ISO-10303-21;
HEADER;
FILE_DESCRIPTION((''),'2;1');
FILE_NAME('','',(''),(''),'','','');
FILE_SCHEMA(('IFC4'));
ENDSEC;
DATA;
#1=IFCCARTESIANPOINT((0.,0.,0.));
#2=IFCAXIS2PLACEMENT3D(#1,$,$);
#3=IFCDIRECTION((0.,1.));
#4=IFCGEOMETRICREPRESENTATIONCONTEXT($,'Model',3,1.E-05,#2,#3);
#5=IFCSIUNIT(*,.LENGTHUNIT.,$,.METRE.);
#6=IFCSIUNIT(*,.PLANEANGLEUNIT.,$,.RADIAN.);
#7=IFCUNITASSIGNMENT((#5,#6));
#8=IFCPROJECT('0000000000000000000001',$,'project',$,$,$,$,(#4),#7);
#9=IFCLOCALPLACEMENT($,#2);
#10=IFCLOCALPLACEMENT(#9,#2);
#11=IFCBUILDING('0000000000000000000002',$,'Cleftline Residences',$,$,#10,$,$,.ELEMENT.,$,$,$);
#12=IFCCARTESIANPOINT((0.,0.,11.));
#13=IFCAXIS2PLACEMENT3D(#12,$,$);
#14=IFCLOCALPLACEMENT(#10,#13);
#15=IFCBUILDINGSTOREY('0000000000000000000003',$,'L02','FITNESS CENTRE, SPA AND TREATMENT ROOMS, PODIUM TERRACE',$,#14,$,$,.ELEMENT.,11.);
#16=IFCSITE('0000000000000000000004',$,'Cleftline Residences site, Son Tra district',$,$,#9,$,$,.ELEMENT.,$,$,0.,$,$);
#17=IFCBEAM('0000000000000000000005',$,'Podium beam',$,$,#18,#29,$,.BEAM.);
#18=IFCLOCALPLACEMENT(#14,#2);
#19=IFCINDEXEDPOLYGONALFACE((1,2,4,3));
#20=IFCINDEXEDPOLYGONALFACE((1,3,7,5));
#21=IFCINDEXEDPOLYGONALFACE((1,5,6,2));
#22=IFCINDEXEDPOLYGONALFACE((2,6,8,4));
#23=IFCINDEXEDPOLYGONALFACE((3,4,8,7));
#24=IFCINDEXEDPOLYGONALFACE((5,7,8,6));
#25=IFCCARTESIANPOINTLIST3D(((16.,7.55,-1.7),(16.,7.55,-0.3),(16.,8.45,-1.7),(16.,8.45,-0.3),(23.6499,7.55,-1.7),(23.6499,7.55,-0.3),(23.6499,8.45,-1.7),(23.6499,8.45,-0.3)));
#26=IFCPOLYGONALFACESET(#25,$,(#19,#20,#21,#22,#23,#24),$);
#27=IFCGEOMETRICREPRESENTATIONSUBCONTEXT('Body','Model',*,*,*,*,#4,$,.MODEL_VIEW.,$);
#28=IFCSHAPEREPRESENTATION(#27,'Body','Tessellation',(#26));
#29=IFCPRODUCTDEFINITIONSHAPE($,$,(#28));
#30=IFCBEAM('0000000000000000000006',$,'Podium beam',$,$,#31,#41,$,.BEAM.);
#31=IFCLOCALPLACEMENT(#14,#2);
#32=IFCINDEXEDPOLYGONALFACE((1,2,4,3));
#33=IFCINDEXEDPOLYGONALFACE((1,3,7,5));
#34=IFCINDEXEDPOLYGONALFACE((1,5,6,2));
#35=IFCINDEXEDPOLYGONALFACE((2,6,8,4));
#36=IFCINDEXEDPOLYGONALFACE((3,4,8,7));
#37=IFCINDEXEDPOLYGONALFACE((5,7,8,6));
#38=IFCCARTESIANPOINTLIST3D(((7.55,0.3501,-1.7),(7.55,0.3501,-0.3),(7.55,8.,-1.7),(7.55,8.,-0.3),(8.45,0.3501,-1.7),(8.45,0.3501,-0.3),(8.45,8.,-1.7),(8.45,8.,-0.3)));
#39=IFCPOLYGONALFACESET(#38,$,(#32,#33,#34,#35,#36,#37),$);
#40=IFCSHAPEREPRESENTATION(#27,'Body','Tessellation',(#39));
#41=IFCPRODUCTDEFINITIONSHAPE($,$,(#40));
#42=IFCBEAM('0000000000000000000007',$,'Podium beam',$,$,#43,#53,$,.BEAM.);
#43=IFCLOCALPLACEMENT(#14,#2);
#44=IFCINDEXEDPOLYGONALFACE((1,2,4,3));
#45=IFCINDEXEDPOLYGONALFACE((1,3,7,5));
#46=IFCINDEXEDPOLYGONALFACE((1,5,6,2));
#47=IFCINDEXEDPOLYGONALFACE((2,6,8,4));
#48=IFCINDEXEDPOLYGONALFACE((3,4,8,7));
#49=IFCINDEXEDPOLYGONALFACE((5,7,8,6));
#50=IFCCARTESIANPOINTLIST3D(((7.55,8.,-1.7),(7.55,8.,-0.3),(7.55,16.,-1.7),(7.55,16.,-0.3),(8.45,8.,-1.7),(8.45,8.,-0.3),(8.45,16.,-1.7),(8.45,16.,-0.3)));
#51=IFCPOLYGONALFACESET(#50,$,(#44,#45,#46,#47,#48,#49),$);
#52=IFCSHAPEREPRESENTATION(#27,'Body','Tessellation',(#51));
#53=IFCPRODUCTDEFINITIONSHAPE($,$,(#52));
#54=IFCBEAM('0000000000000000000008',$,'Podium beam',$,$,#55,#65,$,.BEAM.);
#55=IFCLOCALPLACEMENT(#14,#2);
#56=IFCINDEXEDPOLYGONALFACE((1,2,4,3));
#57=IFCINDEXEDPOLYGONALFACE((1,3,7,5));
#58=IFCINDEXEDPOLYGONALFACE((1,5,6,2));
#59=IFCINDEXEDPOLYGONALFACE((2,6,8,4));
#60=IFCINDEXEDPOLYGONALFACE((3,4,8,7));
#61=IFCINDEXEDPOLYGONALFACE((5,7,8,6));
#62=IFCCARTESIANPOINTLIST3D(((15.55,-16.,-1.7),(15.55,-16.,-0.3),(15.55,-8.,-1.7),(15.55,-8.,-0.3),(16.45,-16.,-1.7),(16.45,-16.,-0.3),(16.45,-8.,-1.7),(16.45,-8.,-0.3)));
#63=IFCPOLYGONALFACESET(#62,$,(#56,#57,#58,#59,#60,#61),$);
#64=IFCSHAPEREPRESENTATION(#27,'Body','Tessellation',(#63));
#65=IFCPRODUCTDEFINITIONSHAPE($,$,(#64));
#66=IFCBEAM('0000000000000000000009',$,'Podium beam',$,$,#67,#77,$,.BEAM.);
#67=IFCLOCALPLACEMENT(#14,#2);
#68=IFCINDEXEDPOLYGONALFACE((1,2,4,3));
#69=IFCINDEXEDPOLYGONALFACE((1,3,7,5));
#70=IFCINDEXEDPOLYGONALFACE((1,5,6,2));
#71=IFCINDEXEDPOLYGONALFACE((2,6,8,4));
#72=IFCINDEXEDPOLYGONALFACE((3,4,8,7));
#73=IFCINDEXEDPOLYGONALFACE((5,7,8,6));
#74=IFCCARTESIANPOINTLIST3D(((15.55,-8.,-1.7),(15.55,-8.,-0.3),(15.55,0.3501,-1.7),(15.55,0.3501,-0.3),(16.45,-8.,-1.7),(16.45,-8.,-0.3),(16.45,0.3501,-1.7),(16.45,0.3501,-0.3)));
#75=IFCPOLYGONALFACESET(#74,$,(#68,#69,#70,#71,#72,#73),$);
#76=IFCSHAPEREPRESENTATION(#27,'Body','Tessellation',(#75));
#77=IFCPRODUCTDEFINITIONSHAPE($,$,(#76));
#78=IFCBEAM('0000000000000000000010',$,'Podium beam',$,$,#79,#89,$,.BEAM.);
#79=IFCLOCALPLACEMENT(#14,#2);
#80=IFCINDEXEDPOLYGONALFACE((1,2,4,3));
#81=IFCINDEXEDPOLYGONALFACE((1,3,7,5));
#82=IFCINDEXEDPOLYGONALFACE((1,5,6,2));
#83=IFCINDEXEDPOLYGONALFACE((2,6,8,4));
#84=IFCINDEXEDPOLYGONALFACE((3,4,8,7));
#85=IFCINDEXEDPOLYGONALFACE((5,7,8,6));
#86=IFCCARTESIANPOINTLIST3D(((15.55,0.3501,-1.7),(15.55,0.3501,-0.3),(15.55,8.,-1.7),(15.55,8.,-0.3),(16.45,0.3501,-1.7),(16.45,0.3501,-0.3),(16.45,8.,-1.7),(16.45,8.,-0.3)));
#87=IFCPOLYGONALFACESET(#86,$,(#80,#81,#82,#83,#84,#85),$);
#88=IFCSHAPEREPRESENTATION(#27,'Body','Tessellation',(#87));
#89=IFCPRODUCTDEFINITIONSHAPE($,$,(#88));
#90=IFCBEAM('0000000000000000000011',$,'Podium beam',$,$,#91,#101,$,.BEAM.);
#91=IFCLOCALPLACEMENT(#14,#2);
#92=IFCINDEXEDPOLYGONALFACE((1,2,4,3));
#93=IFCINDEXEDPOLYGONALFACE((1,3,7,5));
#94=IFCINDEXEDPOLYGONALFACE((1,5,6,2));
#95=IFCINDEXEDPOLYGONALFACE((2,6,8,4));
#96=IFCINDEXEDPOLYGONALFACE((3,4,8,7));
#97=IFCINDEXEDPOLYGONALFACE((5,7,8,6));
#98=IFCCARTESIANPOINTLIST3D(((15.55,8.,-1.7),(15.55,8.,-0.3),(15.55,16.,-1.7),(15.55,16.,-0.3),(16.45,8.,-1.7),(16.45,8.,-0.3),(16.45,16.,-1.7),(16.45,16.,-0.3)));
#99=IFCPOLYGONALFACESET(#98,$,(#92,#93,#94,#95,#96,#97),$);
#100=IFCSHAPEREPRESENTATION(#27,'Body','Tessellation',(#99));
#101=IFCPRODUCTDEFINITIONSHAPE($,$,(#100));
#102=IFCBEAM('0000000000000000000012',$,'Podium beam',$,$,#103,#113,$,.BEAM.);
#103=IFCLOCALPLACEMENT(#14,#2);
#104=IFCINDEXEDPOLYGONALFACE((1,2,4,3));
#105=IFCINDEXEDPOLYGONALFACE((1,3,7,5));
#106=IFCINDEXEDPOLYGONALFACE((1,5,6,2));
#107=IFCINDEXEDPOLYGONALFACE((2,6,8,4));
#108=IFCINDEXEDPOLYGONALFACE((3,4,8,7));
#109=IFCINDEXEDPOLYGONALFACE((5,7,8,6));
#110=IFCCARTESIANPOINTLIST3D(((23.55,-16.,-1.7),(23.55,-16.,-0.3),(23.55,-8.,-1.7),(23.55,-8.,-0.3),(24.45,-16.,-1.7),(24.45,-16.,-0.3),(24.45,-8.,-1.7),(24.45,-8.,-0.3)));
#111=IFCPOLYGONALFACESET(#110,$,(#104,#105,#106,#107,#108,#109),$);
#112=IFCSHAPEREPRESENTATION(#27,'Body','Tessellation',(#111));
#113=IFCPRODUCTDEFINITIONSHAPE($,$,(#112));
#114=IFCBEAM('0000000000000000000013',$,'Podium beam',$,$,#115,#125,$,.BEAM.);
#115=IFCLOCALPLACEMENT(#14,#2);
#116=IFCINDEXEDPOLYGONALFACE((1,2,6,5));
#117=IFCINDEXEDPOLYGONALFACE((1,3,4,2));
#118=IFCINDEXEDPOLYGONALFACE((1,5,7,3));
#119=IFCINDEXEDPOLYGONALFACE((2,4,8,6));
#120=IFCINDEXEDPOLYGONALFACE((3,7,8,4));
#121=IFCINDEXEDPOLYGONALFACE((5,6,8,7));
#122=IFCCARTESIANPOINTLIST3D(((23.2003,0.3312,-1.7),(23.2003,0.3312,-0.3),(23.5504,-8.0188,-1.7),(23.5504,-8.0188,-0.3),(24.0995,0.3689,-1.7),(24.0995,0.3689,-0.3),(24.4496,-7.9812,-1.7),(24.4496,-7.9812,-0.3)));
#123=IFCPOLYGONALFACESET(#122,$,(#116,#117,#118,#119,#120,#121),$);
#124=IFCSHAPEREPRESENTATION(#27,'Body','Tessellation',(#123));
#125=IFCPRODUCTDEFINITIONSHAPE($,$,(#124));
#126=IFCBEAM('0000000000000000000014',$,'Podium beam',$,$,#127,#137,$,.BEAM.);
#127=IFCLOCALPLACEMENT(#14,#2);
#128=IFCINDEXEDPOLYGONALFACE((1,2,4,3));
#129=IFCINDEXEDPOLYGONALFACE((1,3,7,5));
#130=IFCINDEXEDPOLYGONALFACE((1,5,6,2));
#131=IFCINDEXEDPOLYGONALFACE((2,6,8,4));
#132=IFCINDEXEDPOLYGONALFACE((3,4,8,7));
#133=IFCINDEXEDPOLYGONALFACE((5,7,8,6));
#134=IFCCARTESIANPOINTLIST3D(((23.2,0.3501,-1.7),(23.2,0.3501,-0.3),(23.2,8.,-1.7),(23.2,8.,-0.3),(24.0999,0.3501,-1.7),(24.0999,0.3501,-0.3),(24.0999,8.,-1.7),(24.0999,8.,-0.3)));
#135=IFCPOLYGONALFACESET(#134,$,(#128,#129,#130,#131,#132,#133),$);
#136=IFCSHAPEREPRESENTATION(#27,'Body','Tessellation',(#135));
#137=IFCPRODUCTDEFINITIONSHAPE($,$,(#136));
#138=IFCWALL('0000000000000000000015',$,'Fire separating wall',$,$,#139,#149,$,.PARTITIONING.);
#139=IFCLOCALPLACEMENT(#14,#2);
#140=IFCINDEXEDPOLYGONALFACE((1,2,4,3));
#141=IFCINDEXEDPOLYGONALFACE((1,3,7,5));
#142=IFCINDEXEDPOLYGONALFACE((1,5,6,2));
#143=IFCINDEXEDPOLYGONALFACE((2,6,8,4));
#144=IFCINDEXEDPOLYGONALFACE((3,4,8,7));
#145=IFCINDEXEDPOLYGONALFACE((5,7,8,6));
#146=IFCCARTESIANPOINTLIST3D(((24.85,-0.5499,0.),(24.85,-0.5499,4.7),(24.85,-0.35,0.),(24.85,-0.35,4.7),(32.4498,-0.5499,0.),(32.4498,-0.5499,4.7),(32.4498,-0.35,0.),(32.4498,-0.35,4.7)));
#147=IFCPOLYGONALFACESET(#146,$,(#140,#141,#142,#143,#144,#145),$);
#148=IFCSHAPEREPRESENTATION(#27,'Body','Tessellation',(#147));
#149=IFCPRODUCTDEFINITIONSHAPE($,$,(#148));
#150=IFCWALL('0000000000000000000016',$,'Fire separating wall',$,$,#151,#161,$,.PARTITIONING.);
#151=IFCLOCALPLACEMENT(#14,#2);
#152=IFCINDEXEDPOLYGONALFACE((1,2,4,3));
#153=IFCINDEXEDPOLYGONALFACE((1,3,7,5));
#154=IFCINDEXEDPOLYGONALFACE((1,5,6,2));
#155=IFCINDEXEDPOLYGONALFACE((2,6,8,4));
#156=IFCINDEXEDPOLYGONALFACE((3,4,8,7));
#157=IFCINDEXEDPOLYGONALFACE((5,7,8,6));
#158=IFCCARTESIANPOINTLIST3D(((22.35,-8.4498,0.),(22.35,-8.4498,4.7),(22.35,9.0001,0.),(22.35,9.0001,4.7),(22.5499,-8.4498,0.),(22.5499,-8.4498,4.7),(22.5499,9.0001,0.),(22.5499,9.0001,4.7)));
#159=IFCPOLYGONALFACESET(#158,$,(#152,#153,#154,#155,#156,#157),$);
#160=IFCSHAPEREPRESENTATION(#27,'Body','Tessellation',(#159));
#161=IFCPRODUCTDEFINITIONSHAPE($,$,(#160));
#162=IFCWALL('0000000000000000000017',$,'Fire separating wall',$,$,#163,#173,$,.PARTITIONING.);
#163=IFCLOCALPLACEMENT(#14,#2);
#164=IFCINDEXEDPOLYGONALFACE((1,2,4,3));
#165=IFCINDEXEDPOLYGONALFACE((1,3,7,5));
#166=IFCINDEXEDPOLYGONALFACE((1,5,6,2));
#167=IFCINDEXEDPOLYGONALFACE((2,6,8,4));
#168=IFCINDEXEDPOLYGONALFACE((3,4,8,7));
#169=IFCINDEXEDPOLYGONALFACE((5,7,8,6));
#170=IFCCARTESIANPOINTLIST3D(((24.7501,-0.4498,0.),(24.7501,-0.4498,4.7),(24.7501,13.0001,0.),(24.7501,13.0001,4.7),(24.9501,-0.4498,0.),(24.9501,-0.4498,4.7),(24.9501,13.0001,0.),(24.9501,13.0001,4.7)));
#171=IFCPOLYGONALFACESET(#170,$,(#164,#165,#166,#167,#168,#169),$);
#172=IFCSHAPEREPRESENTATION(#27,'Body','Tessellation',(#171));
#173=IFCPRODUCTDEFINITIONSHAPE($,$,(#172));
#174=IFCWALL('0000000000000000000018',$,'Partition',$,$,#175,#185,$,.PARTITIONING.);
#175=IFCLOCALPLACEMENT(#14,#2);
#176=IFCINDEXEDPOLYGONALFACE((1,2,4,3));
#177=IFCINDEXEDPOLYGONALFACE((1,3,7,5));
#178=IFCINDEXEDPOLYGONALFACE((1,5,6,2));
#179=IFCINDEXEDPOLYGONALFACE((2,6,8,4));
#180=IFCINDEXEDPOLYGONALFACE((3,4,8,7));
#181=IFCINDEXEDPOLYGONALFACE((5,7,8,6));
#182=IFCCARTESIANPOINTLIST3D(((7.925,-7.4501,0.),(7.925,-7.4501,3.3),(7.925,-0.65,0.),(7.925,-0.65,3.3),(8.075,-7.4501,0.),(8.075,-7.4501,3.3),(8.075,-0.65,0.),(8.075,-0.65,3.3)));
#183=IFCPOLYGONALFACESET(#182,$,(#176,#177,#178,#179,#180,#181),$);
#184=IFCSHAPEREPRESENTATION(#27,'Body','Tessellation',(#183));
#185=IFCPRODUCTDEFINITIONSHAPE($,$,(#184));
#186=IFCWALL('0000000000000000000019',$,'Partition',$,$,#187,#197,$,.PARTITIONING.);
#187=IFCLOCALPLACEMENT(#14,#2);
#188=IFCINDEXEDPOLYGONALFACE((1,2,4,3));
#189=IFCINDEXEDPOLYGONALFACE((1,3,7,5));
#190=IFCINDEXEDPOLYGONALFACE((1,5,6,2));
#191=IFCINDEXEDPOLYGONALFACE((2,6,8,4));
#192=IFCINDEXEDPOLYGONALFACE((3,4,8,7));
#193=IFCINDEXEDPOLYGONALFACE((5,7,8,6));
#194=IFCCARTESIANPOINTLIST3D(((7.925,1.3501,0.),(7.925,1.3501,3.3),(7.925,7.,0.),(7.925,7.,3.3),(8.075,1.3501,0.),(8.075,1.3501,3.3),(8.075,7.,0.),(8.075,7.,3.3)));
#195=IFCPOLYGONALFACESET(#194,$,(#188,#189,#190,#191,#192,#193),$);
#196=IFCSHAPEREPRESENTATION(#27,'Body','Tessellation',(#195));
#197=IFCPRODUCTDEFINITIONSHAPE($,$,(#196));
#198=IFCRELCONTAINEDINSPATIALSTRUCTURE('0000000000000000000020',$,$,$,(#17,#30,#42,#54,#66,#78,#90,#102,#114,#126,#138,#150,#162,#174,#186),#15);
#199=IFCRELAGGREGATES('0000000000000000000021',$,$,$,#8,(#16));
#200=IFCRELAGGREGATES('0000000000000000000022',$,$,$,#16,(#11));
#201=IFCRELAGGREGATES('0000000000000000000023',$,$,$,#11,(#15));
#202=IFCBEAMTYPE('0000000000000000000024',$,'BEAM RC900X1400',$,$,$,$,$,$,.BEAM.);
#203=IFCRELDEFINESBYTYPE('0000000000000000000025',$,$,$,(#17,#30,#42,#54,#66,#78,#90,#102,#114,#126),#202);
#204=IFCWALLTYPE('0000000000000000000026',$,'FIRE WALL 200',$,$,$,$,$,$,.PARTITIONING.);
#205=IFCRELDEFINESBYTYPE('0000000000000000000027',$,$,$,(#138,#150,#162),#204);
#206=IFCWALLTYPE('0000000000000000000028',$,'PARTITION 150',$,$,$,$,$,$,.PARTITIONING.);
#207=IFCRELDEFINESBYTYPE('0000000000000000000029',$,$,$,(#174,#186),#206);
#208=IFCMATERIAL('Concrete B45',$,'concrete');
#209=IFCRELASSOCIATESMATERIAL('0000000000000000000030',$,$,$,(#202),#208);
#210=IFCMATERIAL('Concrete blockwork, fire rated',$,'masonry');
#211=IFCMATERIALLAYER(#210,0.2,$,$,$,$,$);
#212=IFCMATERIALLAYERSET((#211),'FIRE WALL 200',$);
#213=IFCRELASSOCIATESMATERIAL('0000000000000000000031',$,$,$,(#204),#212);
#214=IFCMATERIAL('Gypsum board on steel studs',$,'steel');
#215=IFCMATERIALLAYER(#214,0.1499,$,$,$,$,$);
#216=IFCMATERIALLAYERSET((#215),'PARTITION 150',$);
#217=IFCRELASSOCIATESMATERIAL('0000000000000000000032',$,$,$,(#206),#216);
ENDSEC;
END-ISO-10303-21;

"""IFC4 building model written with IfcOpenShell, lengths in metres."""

from ifc_helpers import new_model, si_unit, direction, frame, frame_2d, origin, origin_2d, place, context, subcontext, project, spatial, rectangle, extrude, material, layer, layer_set, material_profile, profile_set, type_object, element, save


model = new_model("IFC4")

# Units and contexts
model_context = context("Model", 3, precision=1e-05, world=origin(), true_north=direction((0.0, 1.0)))
body_context = subcontext(model_context, "Body", "Model", "MODEL_VIEW")
ifc_project = project(units=[si_unit("LENGTHUNIT", "METRE"), si_unit("PLANEANGLEUNIT", "RADIAN")], contexts=[model_context])

# Site, building, storey
site_placement = place(None, origin())
site = spatial("IfcSite", under=ifc_project, at=site_placement, Name="Cleftline Residences site, Son Tra district", CompositionType="ELEMENT", RefElevation=0.0)
building_placement = place(site_placement, origin())
building = spatial("IfcBuilding", under=site, at=building_placement, Name="Cleftline Residences", CompositionType="ELEMENT")
storey_placement = place(building_placement, frame((0.0, 0.0, 11.0)))
storey = spatial("IfcBuildingStorey", under=building, at=storey_placement, Name="L02", Description="FITNESS CENTRE, SPA AND TREATMENT ROOMS, PODIUM TERRACE", CompositionType="ELEMENT", Elevation=11.0)

# Beams
ifc_material_1 = material(Name="Concrete B45", Category="concrete")
ifc_material_profile_1 = material_profile(ifc_material_1, rectangle(XDim=0.8999, YDim=1.3999, at=origin_2d()))
ifc_profile_set_1 = profile_set([ifc_material_profile_1], Name="Concrete B45")
beam_type = type_object("IfcBeamType", Name="BEAM RC900X1400", PredefinedType="BEAM", material=ifc_profile_set_1)
for number, where, z_axis, x_axis, name in (
    (1, (16.0, 8.0, -1.0), (1.0, 0.0, 0.0), (0.0, 1.0, 0.0), "Podium beam"),
    (2, (8.0, 0.3501, -1.0), (0.0, 1.0, 0.0), (-1.0, 0.0, 0.0), "Podium beam"),
):
    element("IfcBeam", number, at=place(storey_placement, frame(where, z_axis=z_axis, x_axis=x_axis)), inside=storey, type_object=beam_type, Name=name, PredefinedType="BEAM", context=body_context, shape_type="SweptSolid", body=[
        extrude(rectangle(XDim=0.8999, YDim=1.3999, at=origin_2d()), origin(), (0.0, 0.0, 1.0), 7.6499),
    ])
for number, where, z_axis, x_axis, name in (
    (3, (8.0, 8.0, -1.0), (0.0, 1.0, 0.0), (-1.0, 0.0, 0.0), "Podium beam"),
    (4, (16.0, -16.0, -1.0), (0.0, 1.0, 0.0), (-1.0, 0.0, 0.0), "Podium beam"),
):
    element("IfcBeam", number, at=place(storey_placement, frame(where, z_axis=z_axis, x_axis=x_axis)), inside=storey, type_object=beam_type, Name=name, PredefinedType="BEAM", context=body_context, shape_type="SweptSolid", body=[
        extrude(rectangle(XDim=0.8999, YDim=1.3999, at=origin_2d()), origin(), (0.0, 0.0, 1.0), 8.0),
    ])
beam_1_placement = place(storey_placement, frame((16.0, -8.0, -1.0), z_axis=(0.0, 1.0, 0.0), x_axis=(-1.0, 0.0, 0.0)))
element("IfcBeam", 5, at=beam_1_placement, inside=storey, type_object=beam_type, Name="Podium beam", PredefinedType="BEAM", context=body_context, shape_type="SweptSolid", body=[
    extrude(rectangle(XDim=0.8999, YDim=1.3999, at=origin_2d()), origin(), (0.0, 0.0, 1.0), 8.3501),
])
beam_2_placement = place(storey_placement, frame((16.0, 0.3501, -1.0), z_axis=(0.0, 1.0, 0.0), x_axis=(-1.0, 0.0, 0.0)))
element("IfcBeam", 6, at=beam_2_placement, inside=storey, type_object=beam_type, Name="Podium beam", PredefinedType="BEAM", context=body_context, shape_type="SweptSolid", body=[
    extrude(rectangle(XDim=0.8999, YDim=1.3999, at=origin_2d()), origin(), (0.0, 0.0, 1.0), 7.6499),
])
for number, where, z_axis, x_axis, name in (
    (7, (16.0, 8.0, -1.0), (0.0, 1.0, 0.0), (-1.0, 0.0, 0.0), "Podium beam"),
    (8, (24.0, -16.0, -1.0), (0.0, 1.0, 0.0), (-1.0, 0.0, 0.0), "Podium beam"),
):
    element("IfcBeam", number, at=place(storey_placement, frame(where, z_axis=z_axis, x_axis=x_axis)), inside=storey, type_object=beam_type, Name=name, PredefinedType="BEAM", context=body_context, shape_type="SweptSolid", body=[
        extrude(rectangle(XDim=0.8999, YDim=1.3999, at=origin_2d()), origin(), (0.0, 0.0, 1.0), 8.0),
    ])
beam_3_placement = place(storey_placement, frame((24.0, -8.0, -1.0), z_axis=(-0.041891, 0.999122, 0.0), x_axis=(-0.999122, -0.041891, 0.0)))
element("IfcBeam", 9, at=beam_3_placement, inside=storey, type_object=beam_type, Name="Podium beam", PredefinedType="BEAM", context=body_context, shape_type="SweptSolid", body=[
    extrude(rectangle(XDim=0.8999, YDim=1.3999, at=origin_2d()), origin(), (0.0, 0.0, 1.0), 8.3574),
])
beam_4_placement = place(storey_placement, frame((23.6499, 0.3501, -1.0), z_axis=(0.0, 1.0, 0.0), x_axis=(-1.0, 0.0, 0.0)))
element("IfcBeam", 10, at=beam_4_placement, inside=storey, type_object=beam_type, Name="Podium beam", PredefinedType="BEAM", context=body_context, shape_type="SweptSolid", body=[
    extrude(rectangle(XDim=0.8999, YDim=1.3999, at=origin_2d()), origin(), (0.0, 0.0, 1.0), 7.6499),
])

# Walls
ifc_material_2 = material(Name="Concrete blockwork, fire rated", Category="masonry")
ifc_layer_1 = layer(ifc_material_2, 0.2)
ifc_layer_set_1 = layer_set([ifc_layer_1], Name="FIRE WALL 200")
wall_type_1 = type_object("IfcWallType", Name="FIRE WALL 200", PredefinedType="PARTITIONING", material=ifc_layer_set_1)
wall_1_placement = place(storey_placement, frame((24.8501, -0.45, 0.0), z_axis=(0.0, 0.0, 1.0), x_axis=(1.0, 0.0, 0.0)))
element("IfcWall", 11, at=wall_1_placement, inside=storey, type_object=wall_type_1, Name="Fire separating wall", PredefinedType="PARTITIONING", context=body_context, shape_type="SweptSolid", body=[
    extrude(rectangle(XDim=7.5999, YDim=0.2, at=frame_2d((3.7998, 0.0))), origin(), (0.0, 0.0, 1.0), 4.7),
])
wall_2_placement = place(storey_placement, frame((22.45, -8.45, 0.0), z_axis=(0.0, 0.0, 1.0), x_axis=(0.0, 1.0, 0.0)))
element("IfcWall", 12, at=wall_2_placement, inside=storey, type_object=wall_type_1, Name="Fire separating wall", PredefinedType="PARTITIONING", context=body_context, shape_type="SweptSolid", body=[
    extrude(rectangle(XDim=17.45, YDim=0.2, at=frame_2d((8.7251, 0.0))), origin(), (0.0, 0.0, 1.0), 4.7),
])
wall_3_placement = place(storey_placement, frame((24.8501, -0.45, 0.0), z_axis=(0.0, 0.0, 1.0), x_axis=(0.0, 1.0, 0.0)))
element("IfcWall", 13, at=wall_3_placement, inside=storey, type_object=wall_type_1, Name="Fire separating wall", PredefinedType="PARTITIONING", context=body_context, shape_type="SweptSolid", body=[
    extrude(rectangle(XDim=13.45, YDim=0.2, at=frame_2d((6.7251, 0.0))), origin(), (0.0, 0.0, 1.0), 4.7),
])
ifc_material_3 = material(Name="Gypsum board on steel studs", Category="steel")
ifc_layer_2 = layer(ifc_material_3, 0.1499)
ifc_layer_set_2 = layer_set([ifc_layer_2], Name="PARTITION 150")
wall_type_2 = type_object("IfcWallType", Name="PARTITION 150", PredefinedType="PARTITIONING", material=ifc_layer_set_2)
wall_4_placement = place(storey_placement, frame((8.0, -7.45, 0.0), z_axis=(0.0, 0.0, 1.0), x_axis=(0.0, 1.0, 0.0)))
element("IfcWall", 14, at=wall_4_placement, inside=storey, type_object=wall_type_2, Name="Partition", PredefinedType="PARTITIONING", context=body_context, shape_type="SweptSolid", body=[
    extrude(rectangle(XDim=6.8, YDim=0.1499, at=frame_2d((3.3999, 0.0))), origin(), (0.0, 0.0, 1.0), 3.3),
])
wall_5_placement = place(storey_placement, frame((8.0, 1.3501, 0.0), z_axis=(0.0, 0.0, 1.0), x_axis=(0.0, 1.0, 0.0)))
element("IfcWall", 15, at=wall_5_placement, inside=storey, type_object=wall_type_2, Name="Partition", PredefinedType="PARTITIONING", context=body_context, shape_type="SweptSolid", body=[
    extrude(rectangle(XDim=5.6499, YDim=0.1499, at=frame_2d((2.825, 0.0))), origin(), (0.0, 0.0, 1.0), 3.3),
])

save(model, "model.ifc")
